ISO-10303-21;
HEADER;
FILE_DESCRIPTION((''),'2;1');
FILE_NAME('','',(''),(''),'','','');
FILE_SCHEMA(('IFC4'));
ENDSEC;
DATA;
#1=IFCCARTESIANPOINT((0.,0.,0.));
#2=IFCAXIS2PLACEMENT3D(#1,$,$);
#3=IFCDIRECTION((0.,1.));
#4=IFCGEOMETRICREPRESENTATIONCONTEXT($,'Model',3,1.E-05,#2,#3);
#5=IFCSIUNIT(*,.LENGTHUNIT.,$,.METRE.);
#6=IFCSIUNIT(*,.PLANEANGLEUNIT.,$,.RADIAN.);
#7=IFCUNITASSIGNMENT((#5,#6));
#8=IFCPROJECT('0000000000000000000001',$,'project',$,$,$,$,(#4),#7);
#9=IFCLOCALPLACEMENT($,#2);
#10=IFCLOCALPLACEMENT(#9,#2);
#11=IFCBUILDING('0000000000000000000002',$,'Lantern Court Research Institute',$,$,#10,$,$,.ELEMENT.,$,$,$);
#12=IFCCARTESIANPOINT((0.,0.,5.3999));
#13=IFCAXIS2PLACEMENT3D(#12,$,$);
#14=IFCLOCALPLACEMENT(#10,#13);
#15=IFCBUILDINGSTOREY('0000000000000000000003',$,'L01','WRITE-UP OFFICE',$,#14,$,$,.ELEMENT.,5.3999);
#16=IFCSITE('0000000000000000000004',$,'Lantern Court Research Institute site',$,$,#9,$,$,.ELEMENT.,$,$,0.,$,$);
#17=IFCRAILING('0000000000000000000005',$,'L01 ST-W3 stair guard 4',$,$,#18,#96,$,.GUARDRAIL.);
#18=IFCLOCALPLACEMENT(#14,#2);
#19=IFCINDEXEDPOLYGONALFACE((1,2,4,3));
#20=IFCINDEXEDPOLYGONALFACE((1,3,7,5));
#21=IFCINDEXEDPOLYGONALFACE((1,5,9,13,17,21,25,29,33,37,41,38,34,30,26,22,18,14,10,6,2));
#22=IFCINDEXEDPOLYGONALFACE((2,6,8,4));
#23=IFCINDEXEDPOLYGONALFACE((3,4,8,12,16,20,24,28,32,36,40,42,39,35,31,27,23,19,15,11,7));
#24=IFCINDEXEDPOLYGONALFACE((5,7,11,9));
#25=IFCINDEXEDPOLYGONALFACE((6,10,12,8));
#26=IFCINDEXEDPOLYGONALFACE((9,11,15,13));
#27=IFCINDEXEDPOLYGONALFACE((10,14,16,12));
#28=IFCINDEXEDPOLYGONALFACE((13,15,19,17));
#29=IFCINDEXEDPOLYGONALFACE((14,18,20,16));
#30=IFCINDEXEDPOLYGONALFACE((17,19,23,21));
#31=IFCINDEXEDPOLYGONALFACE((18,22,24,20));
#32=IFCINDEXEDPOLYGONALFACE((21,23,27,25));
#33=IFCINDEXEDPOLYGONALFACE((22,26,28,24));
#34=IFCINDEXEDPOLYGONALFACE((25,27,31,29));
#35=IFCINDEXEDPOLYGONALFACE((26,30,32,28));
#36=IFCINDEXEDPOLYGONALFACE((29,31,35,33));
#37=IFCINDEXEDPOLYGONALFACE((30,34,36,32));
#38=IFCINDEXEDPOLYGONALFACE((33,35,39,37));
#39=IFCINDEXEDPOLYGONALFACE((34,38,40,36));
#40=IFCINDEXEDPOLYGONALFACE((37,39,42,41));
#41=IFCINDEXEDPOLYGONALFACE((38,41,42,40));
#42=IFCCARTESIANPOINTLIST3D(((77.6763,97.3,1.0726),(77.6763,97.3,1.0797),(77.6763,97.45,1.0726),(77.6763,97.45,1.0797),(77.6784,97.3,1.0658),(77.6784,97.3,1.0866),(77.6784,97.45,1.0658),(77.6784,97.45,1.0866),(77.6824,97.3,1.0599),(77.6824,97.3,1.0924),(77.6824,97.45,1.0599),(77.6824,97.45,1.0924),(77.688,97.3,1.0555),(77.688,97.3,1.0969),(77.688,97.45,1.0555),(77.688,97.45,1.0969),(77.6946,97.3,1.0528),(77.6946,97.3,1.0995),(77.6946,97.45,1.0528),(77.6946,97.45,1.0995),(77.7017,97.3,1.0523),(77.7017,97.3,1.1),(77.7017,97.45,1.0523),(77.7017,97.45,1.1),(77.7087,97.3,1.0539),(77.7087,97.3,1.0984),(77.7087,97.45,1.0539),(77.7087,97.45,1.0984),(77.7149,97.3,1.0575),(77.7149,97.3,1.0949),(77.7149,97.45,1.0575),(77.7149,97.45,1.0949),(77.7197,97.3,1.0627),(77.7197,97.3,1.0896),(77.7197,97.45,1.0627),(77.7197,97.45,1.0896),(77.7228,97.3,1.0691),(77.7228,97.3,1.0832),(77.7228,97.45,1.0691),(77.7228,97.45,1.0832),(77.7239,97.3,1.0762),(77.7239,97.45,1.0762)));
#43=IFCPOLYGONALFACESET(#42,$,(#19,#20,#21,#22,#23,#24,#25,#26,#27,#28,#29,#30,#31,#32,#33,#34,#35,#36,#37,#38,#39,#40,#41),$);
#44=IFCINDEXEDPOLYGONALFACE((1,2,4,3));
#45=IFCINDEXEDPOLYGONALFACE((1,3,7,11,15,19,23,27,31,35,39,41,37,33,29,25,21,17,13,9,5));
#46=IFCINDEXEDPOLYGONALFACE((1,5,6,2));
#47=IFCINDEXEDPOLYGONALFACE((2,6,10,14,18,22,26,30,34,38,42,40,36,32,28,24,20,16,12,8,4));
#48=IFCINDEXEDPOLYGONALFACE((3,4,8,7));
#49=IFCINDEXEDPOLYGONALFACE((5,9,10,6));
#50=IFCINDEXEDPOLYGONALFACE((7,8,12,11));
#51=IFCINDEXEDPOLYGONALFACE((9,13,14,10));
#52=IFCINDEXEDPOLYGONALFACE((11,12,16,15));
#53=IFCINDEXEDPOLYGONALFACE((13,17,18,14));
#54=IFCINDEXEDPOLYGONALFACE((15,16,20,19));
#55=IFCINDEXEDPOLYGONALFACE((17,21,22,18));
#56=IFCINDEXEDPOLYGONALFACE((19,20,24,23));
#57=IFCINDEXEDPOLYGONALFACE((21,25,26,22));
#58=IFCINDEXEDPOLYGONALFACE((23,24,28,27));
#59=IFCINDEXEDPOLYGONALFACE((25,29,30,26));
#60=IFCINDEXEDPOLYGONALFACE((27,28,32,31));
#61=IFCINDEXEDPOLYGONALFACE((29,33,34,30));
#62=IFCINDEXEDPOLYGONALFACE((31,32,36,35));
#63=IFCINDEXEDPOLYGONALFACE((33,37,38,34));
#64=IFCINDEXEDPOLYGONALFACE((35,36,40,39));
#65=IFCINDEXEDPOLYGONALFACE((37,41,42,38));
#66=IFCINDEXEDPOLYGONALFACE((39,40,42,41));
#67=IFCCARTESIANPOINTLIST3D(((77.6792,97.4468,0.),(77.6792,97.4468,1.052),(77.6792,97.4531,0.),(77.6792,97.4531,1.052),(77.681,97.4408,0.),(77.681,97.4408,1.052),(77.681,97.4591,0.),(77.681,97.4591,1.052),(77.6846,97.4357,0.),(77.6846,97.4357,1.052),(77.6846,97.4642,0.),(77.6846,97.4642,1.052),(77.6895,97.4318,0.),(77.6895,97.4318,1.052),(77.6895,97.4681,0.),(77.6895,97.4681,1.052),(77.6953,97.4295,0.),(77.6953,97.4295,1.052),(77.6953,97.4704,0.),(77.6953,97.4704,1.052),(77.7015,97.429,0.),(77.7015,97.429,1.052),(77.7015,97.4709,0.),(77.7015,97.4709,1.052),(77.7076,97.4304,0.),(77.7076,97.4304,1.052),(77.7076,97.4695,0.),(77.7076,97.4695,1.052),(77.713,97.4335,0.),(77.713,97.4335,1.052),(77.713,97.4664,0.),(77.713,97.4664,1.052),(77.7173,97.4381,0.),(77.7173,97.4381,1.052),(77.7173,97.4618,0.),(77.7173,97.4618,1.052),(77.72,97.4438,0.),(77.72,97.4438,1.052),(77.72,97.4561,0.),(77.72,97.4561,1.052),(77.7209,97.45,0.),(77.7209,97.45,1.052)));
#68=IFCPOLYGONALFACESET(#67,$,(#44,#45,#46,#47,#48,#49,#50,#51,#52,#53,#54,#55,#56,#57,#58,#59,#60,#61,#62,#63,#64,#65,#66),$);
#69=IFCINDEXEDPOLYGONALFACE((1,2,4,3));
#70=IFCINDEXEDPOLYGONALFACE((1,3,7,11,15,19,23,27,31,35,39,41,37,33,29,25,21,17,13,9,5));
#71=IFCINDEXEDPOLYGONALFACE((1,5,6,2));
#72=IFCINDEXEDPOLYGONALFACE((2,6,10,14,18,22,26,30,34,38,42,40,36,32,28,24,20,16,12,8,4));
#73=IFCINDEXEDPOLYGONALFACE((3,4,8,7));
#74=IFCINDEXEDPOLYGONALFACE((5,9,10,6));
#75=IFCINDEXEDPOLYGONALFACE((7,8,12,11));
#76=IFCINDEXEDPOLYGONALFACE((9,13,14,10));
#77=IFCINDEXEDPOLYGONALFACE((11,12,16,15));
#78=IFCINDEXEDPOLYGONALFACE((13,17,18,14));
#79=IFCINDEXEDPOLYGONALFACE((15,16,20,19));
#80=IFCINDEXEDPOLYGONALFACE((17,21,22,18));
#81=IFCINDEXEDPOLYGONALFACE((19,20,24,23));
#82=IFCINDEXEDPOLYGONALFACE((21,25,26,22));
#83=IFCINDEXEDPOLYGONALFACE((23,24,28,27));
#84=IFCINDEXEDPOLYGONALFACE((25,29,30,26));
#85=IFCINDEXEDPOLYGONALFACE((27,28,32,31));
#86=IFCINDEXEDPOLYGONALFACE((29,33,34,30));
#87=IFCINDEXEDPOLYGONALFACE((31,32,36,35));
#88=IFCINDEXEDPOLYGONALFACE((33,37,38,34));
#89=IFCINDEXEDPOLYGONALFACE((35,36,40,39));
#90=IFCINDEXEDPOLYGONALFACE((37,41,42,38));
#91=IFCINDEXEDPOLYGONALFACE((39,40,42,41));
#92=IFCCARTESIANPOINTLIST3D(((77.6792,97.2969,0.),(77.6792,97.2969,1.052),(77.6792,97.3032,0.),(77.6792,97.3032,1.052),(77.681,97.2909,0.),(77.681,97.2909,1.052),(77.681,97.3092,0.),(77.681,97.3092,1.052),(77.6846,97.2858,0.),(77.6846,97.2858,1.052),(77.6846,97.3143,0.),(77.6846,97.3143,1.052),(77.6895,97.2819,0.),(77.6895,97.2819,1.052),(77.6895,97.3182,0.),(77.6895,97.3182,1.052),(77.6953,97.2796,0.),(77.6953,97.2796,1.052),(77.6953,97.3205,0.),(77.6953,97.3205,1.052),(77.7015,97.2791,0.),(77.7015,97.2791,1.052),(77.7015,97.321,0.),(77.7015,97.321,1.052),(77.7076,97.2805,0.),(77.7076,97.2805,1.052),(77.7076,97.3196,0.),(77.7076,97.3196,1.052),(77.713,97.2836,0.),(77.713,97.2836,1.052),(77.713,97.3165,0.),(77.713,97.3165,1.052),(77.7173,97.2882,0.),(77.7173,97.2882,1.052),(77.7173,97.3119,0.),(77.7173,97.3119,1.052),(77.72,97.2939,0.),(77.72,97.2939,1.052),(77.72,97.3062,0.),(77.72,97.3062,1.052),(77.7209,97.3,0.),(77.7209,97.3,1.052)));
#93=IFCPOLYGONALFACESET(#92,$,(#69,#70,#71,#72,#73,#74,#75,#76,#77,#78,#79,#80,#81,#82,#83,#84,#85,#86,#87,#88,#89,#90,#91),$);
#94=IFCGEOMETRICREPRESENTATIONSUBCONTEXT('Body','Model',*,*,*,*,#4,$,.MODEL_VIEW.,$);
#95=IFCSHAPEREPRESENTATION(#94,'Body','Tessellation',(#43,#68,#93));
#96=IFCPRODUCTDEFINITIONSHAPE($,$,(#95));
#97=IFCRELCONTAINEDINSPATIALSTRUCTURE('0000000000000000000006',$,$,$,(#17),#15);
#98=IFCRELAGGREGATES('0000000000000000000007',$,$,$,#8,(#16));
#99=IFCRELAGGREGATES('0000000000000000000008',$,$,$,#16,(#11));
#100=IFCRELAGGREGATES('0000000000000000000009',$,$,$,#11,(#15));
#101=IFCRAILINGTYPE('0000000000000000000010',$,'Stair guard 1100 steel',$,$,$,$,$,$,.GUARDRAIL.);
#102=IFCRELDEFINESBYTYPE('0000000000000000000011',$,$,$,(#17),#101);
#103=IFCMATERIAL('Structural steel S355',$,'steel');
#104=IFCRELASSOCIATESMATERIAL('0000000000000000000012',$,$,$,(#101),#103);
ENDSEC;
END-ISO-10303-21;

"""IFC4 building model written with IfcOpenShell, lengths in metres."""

from ifc_helpers import new_model, si_unit, direction, frame, origin, origin_2d, place, context, subcontext, project, spatial, circle, extrude, material, type_object, element, save


model = new_model("IFC4")

# Units and contexts
model_context = context("Model", 3, precision=1e-05, world=origin(), true_north=direction((0.0, 1.0)))
body_context = subcontext(model_context, "Body", "Model", "MODEL_VIEW")
ifc_project = project(units=[si_unit("LENGTHUNIT", "METRE"), si_unit("PLANEANGLEUNIT", "RADIAN")], contexts=[model_context])

# Site, building, storey
site_placement = place(None, origin())
site = spatial("IfcSite", under=ifc_project, at=site_placement, Name="Lantern Court Research Institute site", CompositionType="ELEMENT", RefElevation=0.0)
building_placement = place(site_placement, origin())
building = spatial("IfcBuilding", under=site, at=building_placement, Name="Lantern Court Research Institute", CompositionType="ELEMENT")
storey_placement = place(building_placement, frame((0.0, 0.0, 5.3999)))
storey = spatial("IfcBuildingStorey", under=building, at=storey_placement, Name="L01", Description="WRITE-UP OFFICE", CompositionType="ELEMENT", Elevation=5.3999)

# Railing
ifc_material_1 = material(Name="Structural steel S355", Category="steel")
railing_type_1 = type_object("IfcRailingType", Name="Stair guard 1100 steel", PredefinedType="GUARDRAIL", material=ifc_material_1)
railing_1_placement = place(storey_placement, frame((77.7, 97.45, 0.0)))
element("IfcRailing", 1, at=railing_1_placement, inside=storey, type_object=railing_type_1, Name="L01 ST-W3 stair guard 4", PredefinedType="GUARDRAIL", context=body_context, shape_type="SweptSolid", body=[
    extrude(circle(Radius=0.0239, at=origin_2d()), frame((0.0, 0.0, 1.0762), z_axis=(0.0, -1.0, 0.0), x_axis=(1.0, 0.0, 0.0)), (0.0, 0.0, 1.0), 0.1499),
    extrude(circle(Radius=0.021, at=origin_2d()), origin(), (0.0, 0.0, 1.0), 1.052),
    extrude(circle(Radius=0.021, at=origin_2d()), frame((0.0, -0.1499, 0.0)), (0.0, 0.0, 1.0), 1.052),
])

save(model, "model.ifc")
